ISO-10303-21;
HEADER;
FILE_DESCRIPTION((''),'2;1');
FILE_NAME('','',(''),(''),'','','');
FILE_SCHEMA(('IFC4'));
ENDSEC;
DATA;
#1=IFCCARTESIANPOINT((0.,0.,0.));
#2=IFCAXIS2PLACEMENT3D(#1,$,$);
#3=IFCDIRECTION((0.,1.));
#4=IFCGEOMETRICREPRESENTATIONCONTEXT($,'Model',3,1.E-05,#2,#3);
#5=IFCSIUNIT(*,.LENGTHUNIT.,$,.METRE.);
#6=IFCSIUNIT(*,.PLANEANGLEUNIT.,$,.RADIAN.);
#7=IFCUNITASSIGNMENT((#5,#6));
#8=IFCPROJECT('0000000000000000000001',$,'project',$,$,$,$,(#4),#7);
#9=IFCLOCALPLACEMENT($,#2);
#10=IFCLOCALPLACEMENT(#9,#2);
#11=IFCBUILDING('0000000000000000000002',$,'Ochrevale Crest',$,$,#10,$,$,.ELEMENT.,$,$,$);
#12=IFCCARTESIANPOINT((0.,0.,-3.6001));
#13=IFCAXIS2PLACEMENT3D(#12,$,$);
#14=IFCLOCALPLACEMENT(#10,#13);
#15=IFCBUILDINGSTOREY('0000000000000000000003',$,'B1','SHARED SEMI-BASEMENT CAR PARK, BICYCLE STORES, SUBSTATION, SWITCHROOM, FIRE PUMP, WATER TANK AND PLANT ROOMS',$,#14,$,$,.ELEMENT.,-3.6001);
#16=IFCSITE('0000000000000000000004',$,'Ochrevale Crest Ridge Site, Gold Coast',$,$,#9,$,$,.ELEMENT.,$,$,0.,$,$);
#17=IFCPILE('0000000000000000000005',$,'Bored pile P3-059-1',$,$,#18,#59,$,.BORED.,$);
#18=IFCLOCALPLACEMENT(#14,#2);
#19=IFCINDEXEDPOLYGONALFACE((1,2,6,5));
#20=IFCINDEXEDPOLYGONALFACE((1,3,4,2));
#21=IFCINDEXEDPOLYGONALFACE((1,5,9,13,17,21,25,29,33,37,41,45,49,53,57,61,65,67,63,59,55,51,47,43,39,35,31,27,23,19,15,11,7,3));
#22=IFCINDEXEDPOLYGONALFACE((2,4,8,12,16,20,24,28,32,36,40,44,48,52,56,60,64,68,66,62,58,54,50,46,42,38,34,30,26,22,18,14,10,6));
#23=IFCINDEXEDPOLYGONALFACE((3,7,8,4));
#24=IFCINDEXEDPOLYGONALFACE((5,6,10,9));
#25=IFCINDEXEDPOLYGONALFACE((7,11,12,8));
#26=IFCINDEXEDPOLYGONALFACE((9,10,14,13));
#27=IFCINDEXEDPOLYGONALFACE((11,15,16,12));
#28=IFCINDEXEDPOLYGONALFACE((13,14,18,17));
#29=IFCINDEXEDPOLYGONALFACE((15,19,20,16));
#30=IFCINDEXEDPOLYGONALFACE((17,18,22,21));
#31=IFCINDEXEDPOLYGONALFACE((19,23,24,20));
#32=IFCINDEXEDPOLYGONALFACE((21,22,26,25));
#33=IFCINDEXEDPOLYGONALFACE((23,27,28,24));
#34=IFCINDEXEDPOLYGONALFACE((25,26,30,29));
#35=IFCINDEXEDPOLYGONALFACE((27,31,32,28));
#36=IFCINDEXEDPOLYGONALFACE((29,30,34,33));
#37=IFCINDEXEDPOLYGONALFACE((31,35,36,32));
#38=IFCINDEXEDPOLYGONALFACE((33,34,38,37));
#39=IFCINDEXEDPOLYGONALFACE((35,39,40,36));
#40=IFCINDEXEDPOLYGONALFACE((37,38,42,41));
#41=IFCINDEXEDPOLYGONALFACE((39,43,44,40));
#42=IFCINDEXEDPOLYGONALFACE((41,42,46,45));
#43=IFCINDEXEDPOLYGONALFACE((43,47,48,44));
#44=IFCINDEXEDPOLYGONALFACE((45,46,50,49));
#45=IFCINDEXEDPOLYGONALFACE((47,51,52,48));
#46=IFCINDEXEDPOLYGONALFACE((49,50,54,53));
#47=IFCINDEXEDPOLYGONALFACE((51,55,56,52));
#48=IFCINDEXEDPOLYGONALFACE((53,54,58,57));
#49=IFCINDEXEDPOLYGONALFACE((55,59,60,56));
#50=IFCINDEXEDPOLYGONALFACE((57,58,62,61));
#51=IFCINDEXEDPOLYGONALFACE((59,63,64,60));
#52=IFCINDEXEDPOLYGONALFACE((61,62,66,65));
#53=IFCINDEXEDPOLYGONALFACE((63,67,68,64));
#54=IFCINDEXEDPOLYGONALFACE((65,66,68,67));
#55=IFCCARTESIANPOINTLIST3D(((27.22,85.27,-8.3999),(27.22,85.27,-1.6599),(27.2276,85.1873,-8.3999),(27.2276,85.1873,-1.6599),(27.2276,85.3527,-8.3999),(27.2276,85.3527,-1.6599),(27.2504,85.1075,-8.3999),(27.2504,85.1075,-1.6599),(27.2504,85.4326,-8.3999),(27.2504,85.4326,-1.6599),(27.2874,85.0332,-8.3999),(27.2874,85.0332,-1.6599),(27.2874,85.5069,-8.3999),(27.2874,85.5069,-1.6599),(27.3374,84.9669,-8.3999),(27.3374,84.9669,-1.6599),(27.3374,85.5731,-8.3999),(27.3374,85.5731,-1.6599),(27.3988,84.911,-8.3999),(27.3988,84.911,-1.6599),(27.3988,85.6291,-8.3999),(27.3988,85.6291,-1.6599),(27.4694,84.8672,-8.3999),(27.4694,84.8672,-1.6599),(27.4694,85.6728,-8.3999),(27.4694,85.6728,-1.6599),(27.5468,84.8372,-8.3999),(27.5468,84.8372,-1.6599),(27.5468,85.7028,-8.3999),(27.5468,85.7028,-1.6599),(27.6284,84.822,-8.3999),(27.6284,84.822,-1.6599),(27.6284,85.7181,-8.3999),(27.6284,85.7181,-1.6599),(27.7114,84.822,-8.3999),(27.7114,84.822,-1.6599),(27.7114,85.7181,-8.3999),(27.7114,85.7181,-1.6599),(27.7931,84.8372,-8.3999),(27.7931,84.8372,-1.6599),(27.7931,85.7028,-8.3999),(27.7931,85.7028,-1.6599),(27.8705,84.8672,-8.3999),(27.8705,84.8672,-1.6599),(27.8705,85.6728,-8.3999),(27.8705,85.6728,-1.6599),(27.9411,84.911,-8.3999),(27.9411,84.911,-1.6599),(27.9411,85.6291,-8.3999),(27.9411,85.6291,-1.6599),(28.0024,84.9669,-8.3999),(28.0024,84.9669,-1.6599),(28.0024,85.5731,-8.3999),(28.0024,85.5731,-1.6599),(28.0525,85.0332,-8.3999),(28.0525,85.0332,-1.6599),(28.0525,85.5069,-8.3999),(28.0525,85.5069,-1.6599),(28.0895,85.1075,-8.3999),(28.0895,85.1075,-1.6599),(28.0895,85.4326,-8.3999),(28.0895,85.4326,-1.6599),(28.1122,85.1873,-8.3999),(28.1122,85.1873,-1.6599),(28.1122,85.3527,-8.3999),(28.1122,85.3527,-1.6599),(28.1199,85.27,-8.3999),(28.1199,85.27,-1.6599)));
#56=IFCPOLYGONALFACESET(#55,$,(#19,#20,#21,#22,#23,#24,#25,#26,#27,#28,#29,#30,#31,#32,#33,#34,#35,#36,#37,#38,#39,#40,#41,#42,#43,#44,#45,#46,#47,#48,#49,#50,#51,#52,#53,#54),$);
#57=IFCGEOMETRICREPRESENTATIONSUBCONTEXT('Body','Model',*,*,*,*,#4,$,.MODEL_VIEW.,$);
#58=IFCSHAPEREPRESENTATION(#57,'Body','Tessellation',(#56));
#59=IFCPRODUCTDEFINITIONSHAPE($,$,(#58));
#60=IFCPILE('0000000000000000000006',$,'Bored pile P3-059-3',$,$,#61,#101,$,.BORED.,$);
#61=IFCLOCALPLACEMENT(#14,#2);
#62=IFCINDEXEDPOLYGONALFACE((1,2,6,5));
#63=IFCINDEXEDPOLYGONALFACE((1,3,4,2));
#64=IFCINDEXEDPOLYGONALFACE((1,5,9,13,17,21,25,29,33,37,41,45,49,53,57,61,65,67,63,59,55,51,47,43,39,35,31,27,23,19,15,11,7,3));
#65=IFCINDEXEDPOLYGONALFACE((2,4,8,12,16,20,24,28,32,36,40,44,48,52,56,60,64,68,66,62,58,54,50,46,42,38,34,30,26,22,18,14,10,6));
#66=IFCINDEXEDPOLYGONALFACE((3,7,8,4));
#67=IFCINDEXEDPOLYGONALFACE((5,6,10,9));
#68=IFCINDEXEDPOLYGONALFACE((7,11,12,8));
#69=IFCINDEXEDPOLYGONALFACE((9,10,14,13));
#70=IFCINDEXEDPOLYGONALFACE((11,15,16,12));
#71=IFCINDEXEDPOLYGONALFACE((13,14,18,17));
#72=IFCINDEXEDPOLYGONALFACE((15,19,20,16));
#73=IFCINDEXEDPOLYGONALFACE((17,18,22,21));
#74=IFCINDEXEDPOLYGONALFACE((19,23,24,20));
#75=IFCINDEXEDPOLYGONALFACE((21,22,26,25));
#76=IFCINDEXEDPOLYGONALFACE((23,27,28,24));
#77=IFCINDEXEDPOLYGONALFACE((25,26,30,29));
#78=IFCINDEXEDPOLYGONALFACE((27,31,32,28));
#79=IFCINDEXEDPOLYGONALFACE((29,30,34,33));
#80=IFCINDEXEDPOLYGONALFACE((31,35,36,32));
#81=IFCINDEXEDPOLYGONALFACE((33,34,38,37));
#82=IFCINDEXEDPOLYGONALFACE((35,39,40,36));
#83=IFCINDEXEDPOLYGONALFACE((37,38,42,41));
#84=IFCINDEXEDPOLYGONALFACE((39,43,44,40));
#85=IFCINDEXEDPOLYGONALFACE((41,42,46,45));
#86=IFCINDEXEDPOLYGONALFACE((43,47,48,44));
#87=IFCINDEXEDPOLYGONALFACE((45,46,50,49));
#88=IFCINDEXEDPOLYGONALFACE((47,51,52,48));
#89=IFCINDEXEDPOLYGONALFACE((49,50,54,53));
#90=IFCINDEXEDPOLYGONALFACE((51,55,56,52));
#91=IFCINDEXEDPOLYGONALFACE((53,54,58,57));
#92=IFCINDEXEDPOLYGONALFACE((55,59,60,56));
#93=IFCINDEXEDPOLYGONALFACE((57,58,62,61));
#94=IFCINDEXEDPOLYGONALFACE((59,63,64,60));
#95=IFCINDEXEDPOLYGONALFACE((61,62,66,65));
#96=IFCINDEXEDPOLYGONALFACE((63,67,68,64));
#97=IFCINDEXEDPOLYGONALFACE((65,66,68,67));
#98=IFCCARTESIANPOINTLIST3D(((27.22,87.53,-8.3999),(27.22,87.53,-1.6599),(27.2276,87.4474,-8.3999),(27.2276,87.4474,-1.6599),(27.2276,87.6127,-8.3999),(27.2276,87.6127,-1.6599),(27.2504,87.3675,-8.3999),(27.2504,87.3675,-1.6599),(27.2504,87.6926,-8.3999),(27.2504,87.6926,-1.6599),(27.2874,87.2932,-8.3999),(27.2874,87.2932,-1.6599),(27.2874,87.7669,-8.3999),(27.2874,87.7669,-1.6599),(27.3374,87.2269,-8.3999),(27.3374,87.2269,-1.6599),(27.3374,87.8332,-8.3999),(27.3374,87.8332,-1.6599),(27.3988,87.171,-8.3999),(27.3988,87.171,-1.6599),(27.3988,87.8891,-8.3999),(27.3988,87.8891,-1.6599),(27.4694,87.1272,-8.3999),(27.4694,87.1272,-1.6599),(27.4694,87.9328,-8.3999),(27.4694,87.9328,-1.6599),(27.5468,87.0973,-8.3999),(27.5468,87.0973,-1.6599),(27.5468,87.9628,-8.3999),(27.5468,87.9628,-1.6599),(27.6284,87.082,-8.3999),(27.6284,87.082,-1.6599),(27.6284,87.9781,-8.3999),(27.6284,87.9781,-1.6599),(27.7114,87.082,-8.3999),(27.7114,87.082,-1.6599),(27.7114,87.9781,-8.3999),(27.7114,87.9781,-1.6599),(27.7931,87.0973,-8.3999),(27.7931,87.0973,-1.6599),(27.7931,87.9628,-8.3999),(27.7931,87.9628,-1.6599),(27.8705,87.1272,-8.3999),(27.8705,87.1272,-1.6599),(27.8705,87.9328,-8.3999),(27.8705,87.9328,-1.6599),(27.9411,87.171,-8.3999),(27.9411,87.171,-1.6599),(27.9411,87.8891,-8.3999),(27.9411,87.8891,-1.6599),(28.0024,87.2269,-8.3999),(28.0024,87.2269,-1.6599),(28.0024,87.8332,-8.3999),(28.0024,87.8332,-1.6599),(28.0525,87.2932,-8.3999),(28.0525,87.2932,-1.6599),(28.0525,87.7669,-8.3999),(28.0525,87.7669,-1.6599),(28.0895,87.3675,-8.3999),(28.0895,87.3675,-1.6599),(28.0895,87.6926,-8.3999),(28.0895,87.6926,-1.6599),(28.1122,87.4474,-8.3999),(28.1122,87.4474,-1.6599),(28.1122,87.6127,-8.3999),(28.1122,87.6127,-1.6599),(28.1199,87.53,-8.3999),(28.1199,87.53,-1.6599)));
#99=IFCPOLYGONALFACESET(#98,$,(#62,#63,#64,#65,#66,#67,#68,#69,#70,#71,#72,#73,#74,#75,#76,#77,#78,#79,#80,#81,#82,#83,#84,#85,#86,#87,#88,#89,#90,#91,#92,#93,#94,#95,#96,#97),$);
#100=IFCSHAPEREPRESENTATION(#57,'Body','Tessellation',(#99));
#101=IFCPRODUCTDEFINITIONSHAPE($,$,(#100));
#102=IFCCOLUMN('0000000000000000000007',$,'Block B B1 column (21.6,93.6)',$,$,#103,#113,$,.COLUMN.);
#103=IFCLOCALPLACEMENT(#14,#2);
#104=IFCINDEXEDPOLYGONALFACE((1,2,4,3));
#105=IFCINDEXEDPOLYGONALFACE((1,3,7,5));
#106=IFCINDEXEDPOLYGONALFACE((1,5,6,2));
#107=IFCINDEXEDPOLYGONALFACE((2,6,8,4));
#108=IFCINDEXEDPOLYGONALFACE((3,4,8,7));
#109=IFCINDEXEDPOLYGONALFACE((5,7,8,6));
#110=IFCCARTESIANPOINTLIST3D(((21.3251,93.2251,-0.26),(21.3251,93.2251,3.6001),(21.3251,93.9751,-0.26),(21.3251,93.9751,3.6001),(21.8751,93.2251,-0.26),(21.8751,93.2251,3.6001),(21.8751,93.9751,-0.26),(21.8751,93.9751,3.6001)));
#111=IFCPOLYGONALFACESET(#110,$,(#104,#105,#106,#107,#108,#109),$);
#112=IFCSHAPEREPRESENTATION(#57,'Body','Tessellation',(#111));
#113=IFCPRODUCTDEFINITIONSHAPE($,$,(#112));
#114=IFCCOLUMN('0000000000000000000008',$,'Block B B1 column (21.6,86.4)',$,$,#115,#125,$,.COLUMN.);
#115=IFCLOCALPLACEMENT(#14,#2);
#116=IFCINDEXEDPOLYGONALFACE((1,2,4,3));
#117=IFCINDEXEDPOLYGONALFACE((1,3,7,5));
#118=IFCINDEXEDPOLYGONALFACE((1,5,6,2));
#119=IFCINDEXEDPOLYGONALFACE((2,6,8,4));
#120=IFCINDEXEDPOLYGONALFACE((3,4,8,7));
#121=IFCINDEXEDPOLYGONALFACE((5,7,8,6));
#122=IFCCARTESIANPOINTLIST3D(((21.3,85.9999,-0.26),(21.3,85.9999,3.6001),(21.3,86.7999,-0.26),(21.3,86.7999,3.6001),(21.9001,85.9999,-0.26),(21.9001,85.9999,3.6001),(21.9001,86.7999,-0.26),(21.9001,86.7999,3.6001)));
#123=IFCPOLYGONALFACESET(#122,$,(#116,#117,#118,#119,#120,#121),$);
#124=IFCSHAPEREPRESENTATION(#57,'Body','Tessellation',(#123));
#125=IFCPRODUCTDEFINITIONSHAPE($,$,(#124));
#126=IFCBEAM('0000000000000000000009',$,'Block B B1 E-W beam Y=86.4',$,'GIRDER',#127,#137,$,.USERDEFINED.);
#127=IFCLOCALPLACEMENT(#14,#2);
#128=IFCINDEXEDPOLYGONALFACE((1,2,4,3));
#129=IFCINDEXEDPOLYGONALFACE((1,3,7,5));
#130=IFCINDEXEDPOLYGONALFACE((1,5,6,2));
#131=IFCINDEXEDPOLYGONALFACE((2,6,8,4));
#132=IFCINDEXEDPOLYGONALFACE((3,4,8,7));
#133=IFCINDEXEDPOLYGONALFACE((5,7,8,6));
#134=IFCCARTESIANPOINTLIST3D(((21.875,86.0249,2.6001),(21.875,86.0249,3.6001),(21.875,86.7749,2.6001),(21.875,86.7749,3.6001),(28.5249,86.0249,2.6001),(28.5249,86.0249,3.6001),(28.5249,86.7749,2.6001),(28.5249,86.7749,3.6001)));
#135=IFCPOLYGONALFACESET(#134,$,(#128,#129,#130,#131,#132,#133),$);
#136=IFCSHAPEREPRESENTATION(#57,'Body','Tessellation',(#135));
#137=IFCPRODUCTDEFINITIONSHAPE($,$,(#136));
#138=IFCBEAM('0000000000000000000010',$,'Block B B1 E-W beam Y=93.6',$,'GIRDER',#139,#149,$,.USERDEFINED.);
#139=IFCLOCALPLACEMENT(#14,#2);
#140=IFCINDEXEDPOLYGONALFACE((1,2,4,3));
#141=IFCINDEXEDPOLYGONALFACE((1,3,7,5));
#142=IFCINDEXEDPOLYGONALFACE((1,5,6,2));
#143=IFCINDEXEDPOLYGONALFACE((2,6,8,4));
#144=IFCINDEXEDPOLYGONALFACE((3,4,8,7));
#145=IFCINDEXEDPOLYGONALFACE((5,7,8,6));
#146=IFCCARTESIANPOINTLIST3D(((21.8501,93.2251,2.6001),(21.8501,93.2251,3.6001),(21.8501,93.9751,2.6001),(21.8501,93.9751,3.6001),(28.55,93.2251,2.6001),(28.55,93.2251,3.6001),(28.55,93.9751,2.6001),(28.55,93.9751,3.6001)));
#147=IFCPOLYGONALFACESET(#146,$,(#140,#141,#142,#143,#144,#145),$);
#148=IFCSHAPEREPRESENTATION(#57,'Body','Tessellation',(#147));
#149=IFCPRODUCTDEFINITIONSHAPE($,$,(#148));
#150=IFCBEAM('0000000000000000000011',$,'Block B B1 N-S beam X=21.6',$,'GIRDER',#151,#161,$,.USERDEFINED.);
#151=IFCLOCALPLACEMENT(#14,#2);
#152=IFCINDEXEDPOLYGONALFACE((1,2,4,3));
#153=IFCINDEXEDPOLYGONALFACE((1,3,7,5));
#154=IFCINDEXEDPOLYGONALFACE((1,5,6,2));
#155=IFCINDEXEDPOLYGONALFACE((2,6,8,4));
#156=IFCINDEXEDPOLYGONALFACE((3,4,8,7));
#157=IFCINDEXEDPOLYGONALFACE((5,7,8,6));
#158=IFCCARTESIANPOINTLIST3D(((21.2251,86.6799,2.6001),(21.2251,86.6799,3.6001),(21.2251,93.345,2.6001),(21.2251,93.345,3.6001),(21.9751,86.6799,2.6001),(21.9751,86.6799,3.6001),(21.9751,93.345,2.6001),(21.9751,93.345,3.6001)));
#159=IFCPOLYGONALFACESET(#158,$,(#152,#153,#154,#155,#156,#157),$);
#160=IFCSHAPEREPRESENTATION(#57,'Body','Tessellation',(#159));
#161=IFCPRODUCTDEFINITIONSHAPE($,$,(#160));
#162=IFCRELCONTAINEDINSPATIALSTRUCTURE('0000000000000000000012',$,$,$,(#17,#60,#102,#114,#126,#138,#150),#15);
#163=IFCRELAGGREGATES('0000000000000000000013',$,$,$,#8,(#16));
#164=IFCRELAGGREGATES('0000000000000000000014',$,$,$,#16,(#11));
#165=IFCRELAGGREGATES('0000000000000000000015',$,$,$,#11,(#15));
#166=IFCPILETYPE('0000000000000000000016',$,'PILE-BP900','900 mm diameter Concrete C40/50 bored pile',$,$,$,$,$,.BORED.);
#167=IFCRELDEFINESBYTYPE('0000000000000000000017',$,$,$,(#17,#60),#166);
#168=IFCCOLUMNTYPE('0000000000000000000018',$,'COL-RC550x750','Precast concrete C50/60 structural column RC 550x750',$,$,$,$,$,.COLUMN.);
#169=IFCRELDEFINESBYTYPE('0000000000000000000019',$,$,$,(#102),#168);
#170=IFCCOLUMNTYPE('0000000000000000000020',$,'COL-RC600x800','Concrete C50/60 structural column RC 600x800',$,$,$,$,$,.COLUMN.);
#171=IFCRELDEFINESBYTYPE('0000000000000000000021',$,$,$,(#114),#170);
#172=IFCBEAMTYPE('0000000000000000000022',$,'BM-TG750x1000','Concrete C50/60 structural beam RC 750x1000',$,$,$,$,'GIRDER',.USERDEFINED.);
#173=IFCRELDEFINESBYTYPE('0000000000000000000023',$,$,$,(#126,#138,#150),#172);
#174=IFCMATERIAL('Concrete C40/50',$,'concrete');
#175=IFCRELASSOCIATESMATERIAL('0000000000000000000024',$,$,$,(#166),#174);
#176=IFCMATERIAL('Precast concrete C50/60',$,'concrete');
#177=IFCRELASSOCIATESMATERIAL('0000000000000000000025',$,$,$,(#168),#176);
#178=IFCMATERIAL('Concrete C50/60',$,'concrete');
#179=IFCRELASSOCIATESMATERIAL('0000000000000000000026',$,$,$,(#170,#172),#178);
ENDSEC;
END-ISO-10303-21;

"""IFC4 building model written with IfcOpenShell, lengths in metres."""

from ifc_helpers import new_model, si_unit, direction, frame, origin, origin_2d, place, context, subcontext, project, spatial, rectangle, circle, extrude, material, material_profile, profile_set, type_object, element, save


model = new_model("IFC4")

# Units and contexts
model_context = context("Model", 3, precision=1e-05, world=origin(), true_north=direction((0.0, 1.0)))
body_context = subcontext(model_context, "Body", "Model", "MODEL_VIEW")
ifc_project = project(units=[si_unit("LENGTHUNIT", "METRE"), si_unit("PLANEANGLEUNIT", "RADIAN")], contexts=[model_context])

# Site, building, storey
site_placement = place(None, origin())
site = spatial("IfcSite", under=ifc_project, at=site_placement, Name="Ochrevale Crest Ridge Site, Gold Coast", CompositionType="ELEMENT", RefElevation=0.0)
building_placement = place(site_placement, origin())
building = spatial("IfcBuilding", under=site, at=building_placement, Name="Ochrevale Crest", CompositionType="ELEMENT")
storey_placement = place(building_placement, frame((0.0, 0.0, -3.6001)))
storey = spatial("IfcBuildingStorey", under=building, at=storey_placement, Name="B1", Description="SHARED SEMI-BASEMENT CAR PARK, BICYCLE STORES, SUBSTATION, SWITCHROOM, FIRE PUMP, WATER TANK AND PLANT ROOMS", CompositionType="ELEMENT", Elevation=-3.6001)

# Shared definitions
ifc_material_1 = material(Name="Concrete C40/50", Category="concrete")

# Piles
ifc_material_profile_1 = material_profile(ifc_material_1, circle(Radius=0.45, at=origin_2d()), Name="BORED PILE 900")
ifc_profile_set_1 = profile_set([ifc_material_profile_1], Name="Concrete C40/50")
pile_type_1 = type_object("IfcPileType", Name="PILE-BP900", Description="900 mm diameter Concrete C40/50 bored pile", PredefinedType="BORED", material=ifc_profile_set_1)
for number, where, z_axis, x_axis, name in (
    (1, (27.6699, 85.27, -1.6599), (0.0, 0.0, -1.0), (1.0, 0.0, 0.0), "Bored pile P3-059-1"),
    (2, (27.6699, 87.53, -1.6599), (0.0, 0.0, -1.0), (1.0, 0.0, 0.0), "Bored pile P3-059-3"),
):
    element("IfcPile", number, at=place(storey_placement, frame(where, z_axis=z_axis, x_axis=x_axis)), inside=storey, type_object=pile_type_1, Name=name, PredefinedType="BORED", context=body_context, shape_type="SweptSolid", body=[
        extrude(circle(Radius=0.45, at=origin_2d()), origin(), (0.0, 0.0, 1.0), 6.74),
    ])

# Columns
ifc_material_2 = material(Name="Precast concrete C50/60", Category="concrete")
ifc_material_profile_2 = material_profile(ifc_material_2, rectangle(XDim=0.55, YDim=0.75, at=origin_2d()), Name="RC 550x750")
ifc_profile_set_2 = profile_set([ifc_material_profile_2], Name="Precast concrete C50/60")
column_type_1 = type_object("IfcColumnType", Name="COL-RC550x750", Description="Precast concrete C50/60 structural column RC 550x750", PredefinedType="COLUMN", material=ifc_profile_set_2)
column_1_placement = place(storey_placement, frame((21.6001, 93.6001, -0.26), z_axis=(0.0, 0.0, 1.0), x_axis=(1.0, 0.0, 0.0)))
element("IfcColumn", 3, at=column_1_placement, inside=storey, type_object=column_type_1, Name="Block B B1 column (21.6,93.6)", PredefinedType="COLUMN", context=body_context, shape_type="SweptSolid", body=[
    extrude(rectangle(XDim=0.55, YDim=0.75, at=origin_2d()), origin(), (0.0, 0.0, 1.0), 3.8601),
])
ifc_material_3 = material(Name="Concrete C50/60", Category="concrete")
ifc_material_profile_3 = material_profile(ifc_material_3, rectangle(XDim=0.6001, YDim=0.8, at=origin_2d()), Name="RC 600x800")
ifc_profile_set_3 = profile_set([ifc_material_profile_3], Name="Concrete C50/60")
column_type_2 = type_object("IfcColumnType", Name="COL-RC600x800", Description="Concrete C50/60 structural column RC 600x800", PredefinedType="COLUMN", material=ifc_profile_set_3)
column_2_placement = place(storey_placement, frame((21.6001, 86.3999, -0.26), z_axis=(0.0, 0.0, 1.0), x_axis=(1.0, 0.0, 0.0)))
element("IfcColumn", 4, at=column_2_placement, inside=storey, type_object=column_type_2, Name="Block B B1 column (21.6,86.4)", PredefinedType="COLUMN", context=body_context, shape_type="SweptSolid", body=[
    extrude(rectangle(XDim=0.6001, YDim=0.8, at=origin_2d()), origin(), (0.0, 0.0, 1.0), 3.8601),
])

# Beams
ifc_material_profile_4 = material_profile(ifc_material_3, rectangle(XDim=0.75, YDim=1.0, at=origin_2d()), Name="RC 750x1000")
ifc_profile_set_4 = profile_set([ifc_material_profile_4], Name="Concrete C50/60")
beam_type_1 = type_object("IfcBeamType", Name="BM-TG750x1000", Description="Concrete C50/60 structural beam RC 750x1000", ElementType="GIRDER", PredefinedType="USERDEFINED", material=ifc_profile_set_4)
beam_1_placement = place(storey_placement, frame((21.875, 86.3999, 3.1001), z_axis=(1.0, 0.0, 0.0), x_axis=(0.0, 1.0, 0.0)))
element("IfcBeam", 5, at=beam_1_placement, inside=storey, type_object=beam_type_1, Name="Block B B1 E-W beam Y=86.4", ObjectType="GIRDER", PredefinedType="USERDEFINED", context=body_context, shape_type="SweptSolid", body=[
    extrude(rectangle(XDim=0.75, YDim=1.0, at=origin_2d()), origin(), (0.0, 0.0, 1.0), 6.6499),
])
beam_2_placement = place(storey_placement, frame((21.8501, 93.6001, 3.1001), z_axis=(1.0, 0.0, 0.0), x_axis=(0.0, 1.0, 0.0)))
element("IfcBeam", 6, at=beam_2_placement, inside=storey, type_object=beam_type_1, Name="Block B B1 E-W beam Y=93.6", ObjectType="GIRDER", PredefinedType="USERDEFINED", context=body_context, shape_type="SweptSolid", body=[
    extrude(rectangle(XDim=0.75, YDim=1.0, at=origin_2d()), origin(), (0.0, 0.0, 1.0), 6.7),
])
beam_3_placement = place(storey_placement, frame((21.6001, 86.6799, 3.1001), z_axis=(0.0, 1.0, 0.0), x_axis=(-1.0, 0.0, 0.0)))
element("IfcBeam", 7, at=beam_3_placement, inside=storey, type_object=beam_type_1, Name="Block B B1 N-S beam X=21.6", ObjectType="GIRDER", PredefinedType="USERDEFINED", context=body_context, shape_type="SweptSolid", body=[
    extrude(rectangle(XDim=0.75, YDim=1.0, at=origin_2d()), origin(), (0.0, 0.0, 1.0), 6.665),
])

save(model, "model.ifc")
